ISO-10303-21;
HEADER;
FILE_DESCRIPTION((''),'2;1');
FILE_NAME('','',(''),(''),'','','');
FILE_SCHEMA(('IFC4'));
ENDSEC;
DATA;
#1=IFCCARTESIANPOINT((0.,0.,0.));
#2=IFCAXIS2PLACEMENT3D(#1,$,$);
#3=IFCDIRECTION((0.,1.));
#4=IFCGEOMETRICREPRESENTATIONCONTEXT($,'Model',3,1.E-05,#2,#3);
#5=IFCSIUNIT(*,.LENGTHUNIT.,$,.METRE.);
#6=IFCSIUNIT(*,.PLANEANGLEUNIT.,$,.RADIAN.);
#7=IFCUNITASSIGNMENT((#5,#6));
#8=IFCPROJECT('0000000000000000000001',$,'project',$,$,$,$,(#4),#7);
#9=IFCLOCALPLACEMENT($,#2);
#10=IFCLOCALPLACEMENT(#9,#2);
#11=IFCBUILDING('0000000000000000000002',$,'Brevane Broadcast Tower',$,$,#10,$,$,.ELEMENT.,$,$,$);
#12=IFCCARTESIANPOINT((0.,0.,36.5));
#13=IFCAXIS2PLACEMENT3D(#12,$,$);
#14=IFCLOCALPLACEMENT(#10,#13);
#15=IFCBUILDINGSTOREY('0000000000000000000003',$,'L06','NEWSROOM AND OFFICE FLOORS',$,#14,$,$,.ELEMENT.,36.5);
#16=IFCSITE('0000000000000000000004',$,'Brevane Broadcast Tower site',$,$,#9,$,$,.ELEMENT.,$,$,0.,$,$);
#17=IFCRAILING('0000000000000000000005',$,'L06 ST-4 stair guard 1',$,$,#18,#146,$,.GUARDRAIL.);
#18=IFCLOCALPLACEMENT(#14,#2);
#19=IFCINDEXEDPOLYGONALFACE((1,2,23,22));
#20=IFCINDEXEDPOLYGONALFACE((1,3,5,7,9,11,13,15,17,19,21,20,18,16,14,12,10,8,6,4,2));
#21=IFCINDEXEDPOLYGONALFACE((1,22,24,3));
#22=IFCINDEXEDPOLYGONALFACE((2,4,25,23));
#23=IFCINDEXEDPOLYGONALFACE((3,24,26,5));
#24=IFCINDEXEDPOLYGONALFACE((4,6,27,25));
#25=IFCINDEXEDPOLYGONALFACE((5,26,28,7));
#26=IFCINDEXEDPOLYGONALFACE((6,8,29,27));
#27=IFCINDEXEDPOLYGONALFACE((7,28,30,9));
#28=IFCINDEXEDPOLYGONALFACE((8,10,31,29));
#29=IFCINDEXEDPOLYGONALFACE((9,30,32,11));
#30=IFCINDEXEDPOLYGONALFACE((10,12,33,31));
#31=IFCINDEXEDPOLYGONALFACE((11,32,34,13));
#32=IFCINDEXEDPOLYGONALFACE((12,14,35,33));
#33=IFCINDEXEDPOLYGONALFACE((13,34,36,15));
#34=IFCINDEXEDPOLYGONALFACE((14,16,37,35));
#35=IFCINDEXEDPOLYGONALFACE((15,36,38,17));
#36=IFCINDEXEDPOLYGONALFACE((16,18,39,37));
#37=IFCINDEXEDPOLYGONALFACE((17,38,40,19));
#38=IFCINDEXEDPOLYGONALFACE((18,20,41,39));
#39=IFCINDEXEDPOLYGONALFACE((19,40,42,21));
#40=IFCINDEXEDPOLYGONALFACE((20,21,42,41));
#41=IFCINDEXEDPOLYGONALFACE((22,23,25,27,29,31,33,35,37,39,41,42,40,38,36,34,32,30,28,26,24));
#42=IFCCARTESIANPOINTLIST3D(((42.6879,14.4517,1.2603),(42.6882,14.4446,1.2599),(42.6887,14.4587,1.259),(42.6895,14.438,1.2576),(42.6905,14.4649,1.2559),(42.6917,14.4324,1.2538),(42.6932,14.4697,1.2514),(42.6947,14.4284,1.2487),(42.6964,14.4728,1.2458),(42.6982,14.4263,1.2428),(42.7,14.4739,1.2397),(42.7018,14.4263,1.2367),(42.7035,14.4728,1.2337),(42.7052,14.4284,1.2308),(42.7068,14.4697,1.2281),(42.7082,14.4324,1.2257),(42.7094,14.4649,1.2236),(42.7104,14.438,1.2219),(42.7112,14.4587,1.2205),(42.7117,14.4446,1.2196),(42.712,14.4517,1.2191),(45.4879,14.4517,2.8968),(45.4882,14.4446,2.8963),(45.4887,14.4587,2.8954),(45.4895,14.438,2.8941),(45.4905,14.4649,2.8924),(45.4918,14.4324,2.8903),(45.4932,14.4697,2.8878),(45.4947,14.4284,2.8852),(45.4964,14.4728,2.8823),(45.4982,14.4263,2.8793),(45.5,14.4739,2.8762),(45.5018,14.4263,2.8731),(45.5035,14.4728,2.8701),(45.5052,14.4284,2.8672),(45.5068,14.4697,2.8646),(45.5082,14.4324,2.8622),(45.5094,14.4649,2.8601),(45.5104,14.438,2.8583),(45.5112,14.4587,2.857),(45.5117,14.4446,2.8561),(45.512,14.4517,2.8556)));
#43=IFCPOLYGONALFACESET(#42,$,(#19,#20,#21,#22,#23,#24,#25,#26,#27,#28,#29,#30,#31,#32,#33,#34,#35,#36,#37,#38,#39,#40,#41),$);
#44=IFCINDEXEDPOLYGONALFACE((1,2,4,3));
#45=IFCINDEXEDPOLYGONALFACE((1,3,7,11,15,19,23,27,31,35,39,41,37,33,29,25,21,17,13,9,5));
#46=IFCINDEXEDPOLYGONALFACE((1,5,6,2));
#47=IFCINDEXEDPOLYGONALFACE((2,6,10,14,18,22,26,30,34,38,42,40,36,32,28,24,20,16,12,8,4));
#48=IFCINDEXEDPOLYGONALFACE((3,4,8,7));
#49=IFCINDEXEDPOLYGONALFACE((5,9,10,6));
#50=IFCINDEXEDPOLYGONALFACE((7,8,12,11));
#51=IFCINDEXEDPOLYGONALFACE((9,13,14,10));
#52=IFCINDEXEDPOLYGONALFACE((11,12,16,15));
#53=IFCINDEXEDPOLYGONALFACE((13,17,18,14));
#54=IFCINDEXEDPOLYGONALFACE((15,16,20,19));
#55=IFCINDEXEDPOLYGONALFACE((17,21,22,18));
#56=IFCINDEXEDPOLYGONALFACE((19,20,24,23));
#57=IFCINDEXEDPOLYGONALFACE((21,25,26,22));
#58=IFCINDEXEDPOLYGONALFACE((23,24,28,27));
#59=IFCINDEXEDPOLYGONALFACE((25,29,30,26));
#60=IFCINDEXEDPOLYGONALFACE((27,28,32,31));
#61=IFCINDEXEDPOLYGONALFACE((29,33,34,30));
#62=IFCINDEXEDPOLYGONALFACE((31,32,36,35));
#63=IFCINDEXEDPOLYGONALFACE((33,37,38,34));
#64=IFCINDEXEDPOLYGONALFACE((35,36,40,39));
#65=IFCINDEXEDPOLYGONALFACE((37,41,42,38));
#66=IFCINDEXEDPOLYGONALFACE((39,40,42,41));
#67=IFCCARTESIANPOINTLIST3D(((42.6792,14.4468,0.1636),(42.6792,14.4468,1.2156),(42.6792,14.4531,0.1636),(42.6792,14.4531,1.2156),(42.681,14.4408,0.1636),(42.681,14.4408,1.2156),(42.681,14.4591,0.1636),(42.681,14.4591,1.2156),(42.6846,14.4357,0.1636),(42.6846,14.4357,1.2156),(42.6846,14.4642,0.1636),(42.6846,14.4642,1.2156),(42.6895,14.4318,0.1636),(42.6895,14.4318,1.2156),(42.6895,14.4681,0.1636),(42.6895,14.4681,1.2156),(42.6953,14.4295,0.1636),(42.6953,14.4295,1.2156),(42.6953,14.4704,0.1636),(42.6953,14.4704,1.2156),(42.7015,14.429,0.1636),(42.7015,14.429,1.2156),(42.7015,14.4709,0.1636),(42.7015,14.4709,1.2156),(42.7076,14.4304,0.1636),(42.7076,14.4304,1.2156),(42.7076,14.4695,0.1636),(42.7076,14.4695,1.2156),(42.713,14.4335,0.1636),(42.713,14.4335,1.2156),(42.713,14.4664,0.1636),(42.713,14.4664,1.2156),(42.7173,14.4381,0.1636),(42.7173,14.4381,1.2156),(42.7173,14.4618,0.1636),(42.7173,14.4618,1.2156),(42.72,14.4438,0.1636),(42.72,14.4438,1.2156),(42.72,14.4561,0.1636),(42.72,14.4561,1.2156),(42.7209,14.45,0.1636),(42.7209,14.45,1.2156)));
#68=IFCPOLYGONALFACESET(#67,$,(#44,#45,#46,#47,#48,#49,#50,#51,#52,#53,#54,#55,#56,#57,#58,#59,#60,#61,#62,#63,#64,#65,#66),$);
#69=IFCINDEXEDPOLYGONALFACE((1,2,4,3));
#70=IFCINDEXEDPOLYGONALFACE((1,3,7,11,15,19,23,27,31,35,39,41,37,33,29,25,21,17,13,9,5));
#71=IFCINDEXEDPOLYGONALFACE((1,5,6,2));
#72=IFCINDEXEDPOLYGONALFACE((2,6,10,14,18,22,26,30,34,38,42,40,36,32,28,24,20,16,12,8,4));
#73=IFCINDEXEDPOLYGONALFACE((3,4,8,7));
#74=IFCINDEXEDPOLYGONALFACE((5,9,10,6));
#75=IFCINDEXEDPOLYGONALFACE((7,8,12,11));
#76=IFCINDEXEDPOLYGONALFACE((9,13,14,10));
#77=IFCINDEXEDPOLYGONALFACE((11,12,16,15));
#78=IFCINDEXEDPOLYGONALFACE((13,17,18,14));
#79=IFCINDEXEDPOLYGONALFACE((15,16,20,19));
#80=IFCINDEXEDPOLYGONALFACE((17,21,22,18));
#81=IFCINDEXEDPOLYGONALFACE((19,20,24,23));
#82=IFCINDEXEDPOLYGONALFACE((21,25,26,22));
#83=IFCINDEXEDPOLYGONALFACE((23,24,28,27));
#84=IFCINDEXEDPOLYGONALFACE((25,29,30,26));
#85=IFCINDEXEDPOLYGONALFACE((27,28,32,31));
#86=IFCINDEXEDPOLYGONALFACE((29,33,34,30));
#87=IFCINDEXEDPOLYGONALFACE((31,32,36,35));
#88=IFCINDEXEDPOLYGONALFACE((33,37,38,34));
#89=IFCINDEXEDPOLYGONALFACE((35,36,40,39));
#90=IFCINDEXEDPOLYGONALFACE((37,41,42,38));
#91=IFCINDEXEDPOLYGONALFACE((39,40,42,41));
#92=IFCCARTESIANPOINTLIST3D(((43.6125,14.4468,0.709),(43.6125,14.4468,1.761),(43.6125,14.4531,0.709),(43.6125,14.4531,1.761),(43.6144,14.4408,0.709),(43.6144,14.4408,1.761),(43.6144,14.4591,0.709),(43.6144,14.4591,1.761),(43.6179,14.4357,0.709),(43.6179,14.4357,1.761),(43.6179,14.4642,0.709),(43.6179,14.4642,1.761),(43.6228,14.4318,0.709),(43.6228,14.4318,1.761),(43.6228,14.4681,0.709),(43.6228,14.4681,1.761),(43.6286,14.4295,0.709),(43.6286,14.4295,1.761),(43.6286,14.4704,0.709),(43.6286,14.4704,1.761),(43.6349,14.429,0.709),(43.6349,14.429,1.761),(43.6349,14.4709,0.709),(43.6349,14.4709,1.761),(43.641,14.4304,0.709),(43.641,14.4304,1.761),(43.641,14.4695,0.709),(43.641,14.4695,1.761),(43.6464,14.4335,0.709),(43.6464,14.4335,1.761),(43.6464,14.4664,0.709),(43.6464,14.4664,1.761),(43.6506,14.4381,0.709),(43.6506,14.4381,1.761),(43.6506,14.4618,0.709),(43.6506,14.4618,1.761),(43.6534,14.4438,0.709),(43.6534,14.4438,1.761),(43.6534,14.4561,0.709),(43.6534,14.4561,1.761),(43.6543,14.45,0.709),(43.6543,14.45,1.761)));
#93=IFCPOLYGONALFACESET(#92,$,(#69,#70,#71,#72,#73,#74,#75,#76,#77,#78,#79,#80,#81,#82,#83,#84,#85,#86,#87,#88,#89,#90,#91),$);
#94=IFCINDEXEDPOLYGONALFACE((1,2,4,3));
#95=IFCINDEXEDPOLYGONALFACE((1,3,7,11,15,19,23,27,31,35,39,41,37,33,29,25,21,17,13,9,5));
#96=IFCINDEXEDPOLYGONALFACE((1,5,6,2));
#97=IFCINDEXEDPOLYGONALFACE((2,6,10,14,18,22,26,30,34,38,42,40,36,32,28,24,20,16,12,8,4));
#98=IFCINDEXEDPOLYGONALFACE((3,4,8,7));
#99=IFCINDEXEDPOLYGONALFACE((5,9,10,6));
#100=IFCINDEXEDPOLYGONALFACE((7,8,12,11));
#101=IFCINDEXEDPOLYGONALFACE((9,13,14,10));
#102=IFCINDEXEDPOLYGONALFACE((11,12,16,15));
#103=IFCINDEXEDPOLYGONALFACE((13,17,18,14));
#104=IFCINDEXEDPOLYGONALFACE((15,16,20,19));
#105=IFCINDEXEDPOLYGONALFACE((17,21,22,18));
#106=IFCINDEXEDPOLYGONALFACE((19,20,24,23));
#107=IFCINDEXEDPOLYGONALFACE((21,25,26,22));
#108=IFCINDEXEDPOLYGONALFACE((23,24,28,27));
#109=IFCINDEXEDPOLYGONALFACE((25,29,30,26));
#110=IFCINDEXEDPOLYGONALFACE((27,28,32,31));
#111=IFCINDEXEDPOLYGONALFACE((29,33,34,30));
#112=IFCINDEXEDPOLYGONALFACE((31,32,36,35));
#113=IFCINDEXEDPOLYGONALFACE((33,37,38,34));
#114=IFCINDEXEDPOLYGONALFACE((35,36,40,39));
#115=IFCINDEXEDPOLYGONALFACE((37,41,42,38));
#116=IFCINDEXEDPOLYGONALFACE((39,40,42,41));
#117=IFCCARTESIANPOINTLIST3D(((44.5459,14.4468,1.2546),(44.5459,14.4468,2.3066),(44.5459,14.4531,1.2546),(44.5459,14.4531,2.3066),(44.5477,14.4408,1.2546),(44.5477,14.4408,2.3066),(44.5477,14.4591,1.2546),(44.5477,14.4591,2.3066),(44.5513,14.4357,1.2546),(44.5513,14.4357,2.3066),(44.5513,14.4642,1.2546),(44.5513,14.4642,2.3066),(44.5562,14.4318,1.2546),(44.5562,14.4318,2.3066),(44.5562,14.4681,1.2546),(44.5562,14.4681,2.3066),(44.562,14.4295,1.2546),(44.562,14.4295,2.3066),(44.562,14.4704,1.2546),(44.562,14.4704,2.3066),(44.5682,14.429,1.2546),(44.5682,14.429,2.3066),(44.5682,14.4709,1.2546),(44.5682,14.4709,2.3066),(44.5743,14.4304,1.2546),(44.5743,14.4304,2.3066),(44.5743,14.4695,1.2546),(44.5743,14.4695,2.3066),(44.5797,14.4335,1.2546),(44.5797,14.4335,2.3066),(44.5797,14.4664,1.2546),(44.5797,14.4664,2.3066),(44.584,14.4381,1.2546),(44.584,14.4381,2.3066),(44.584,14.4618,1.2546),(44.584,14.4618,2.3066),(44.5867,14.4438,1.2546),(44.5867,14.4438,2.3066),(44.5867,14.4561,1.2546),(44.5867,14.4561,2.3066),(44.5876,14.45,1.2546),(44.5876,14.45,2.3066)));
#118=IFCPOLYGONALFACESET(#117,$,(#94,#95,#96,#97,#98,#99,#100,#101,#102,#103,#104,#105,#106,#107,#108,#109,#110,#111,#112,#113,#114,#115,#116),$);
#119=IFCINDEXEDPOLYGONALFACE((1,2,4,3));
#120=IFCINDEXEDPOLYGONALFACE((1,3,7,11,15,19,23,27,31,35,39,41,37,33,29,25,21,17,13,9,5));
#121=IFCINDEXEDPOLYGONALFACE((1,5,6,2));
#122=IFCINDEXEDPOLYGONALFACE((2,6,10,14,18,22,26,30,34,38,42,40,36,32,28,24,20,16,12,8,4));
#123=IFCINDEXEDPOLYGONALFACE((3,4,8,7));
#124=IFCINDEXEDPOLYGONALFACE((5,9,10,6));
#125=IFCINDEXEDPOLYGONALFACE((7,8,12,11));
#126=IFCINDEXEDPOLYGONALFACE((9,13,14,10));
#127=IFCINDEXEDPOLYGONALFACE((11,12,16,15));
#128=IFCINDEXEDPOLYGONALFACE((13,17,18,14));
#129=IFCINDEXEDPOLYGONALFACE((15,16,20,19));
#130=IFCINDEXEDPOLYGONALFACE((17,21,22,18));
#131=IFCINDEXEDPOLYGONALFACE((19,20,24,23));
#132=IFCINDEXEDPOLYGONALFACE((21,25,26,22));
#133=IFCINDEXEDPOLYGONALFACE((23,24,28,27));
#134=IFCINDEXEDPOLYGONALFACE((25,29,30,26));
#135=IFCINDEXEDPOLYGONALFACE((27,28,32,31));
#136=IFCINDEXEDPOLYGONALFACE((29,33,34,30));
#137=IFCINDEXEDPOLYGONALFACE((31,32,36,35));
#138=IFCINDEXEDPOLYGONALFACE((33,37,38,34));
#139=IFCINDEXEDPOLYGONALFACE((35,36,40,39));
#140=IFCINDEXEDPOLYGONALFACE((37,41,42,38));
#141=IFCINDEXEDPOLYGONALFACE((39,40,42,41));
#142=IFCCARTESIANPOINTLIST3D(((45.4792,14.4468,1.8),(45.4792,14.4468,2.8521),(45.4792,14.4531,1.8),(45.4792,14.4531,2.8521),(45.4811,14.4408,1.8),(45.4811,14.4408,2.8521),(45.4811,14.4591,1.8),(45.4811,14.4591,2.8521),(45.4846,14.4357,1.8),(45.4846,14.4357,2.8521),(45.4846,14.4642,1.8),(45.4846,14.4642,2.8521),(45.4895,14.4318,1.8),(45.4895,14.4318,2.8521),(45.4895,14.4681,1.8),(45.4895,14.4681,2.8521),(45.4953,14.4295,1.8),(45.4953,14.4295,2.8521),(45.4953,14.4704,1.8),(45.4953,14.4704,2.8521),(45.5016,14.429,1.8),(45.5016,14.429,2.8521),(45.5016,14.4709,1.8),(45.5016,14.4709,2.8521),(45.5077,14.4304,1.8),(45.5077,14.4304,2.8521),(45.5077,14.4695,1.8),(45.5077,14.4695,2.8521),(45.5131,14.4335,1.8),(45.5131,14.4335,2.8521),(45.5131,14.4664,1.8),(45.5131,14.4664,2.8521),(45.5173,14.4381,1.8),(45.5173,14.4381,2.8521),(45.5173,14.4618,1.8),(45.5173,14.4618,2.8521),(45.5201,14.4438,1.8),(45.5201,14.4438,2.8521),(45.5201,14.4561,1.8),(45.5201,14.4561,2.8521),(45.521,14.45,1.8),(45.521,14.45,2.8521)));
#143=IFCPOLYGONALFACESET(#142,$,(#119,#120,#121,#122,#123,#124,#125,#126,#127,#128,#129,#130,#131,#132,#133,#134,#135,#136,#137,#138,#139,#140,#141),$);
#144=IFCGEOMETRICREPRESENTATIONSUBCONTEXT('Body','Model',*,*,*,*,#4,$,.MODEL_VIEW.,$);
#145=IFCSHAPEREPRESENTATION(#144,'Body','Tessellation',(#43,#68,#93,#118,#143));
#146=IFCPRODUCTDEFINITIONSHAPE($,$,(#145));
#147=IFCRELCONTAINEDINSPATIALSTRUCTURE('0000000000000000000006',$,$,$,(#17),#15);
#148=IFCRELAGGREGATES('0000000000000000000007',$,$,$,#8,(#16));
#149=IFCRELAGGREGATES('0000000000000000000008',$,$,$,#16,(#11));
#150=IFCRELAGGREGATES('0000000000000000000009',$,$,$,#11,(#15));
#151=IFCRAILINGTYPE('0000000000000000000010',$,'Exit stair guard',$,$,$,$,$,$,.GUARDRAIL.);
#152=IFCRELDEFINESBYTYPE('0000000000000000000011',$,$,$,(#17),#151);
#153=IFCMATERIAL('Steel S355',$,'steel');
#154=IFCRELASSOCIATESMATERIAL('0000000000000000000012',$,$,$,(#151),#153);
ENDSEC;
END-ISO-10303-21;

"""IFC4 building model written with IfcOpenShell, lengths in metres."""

from ifc_helpers import new_model, si_unit, direction, frame, origin, origin_2d, place, context, subcontext, project, spatial, circle, extrude, material, type_object, element, save


model = new_model("IFC4")

# Units and contexts
model_context = context("Model", 3, precision=1e-05, world=origin(), true_north=direction((0.0, 1.0)))
body_context = subcontext(model_context, "Body", "Model", "MODEL_VIEW")
ifc_project = project(units=[si_unit("LENGTHUNIT", "METRE"), si_unit("PLANEANGLEUNIT", "RADIAN")], contexts=[model_context])

# Site, building, storey
site_placement = place(None, origin())
site = spatial("IfcSite", under=ifc_project, at=site_placement, Name="Brevane Broadcast Tower site", CompositionType="ELEMENT", RefElevation=0.0)
building_placement = place(site_placement, origin())
building = spatial("IfcBuilding", under=site, at=building_placement, Name="Brevane Broadcast Tower", CompositionType="ELEMENT")
storey_placement = place(building_placement, frame((0.0, 0.0, 36.5)))
storey = spatial("IfcBuildingStorey", under=building, at=storey_placement, Name="L06", Description="NEWSROOM AND OFFICE FLOORS", CompositionType="ELEMENT", Elevation=36.5)

# Railing
ifc_material_1 = material(Name="Steel S355", Category="steel")
railing_type_1 = type_object("IfcRailingType", Name="Exit stair guard", PredefinedType="GUARDRAIL", material=ifc_material_1)
railing_1_placement = place(storey_placement, frame((42.7, 14.45, 0.1636)))
element("IfcRailing", 1, at=railing_1_placement, inside=storey, type_object=railing_type_1, Name="L06 ST-4 stair guard 1", PredefinedType="GUARDRAIL", context=body_context, shape_type="SweptSolid", body=[
    extrude(circle(Radius=0.0239, at=origin_2d()), frame((0.0, 0.0, 1.0762), z_axis=(0.863361, 0.0, 0.504587), x_axis=(0.0, 1.0, 0.0)), (0.0, 0.0, 1.0), 3.2432),
    extrude(circle(Radius=0.021, at=origin_2d()), origin(), (0.0, 0.0, 1.0), 1.052),
    extrude(circle(Radius=0.021, at=origin_2d()), frame((0.9333, 0.0, 0.5454)), (0.0, 0.0, 1.0), 1.052),
    extrude(circle(Radius=0.021, at=origin_2d()), frame((1.8667, 0.0, 1.0911)), (0.0, 0.0, 1.0), 1.052),
    extrude(circle(Radius=0.021, at=origin_2d()), frame((2.8, 0.0, 1.6365)), (0.0, 0.0, 1.0), 1.052),
])

save(model, "model.ifc")
